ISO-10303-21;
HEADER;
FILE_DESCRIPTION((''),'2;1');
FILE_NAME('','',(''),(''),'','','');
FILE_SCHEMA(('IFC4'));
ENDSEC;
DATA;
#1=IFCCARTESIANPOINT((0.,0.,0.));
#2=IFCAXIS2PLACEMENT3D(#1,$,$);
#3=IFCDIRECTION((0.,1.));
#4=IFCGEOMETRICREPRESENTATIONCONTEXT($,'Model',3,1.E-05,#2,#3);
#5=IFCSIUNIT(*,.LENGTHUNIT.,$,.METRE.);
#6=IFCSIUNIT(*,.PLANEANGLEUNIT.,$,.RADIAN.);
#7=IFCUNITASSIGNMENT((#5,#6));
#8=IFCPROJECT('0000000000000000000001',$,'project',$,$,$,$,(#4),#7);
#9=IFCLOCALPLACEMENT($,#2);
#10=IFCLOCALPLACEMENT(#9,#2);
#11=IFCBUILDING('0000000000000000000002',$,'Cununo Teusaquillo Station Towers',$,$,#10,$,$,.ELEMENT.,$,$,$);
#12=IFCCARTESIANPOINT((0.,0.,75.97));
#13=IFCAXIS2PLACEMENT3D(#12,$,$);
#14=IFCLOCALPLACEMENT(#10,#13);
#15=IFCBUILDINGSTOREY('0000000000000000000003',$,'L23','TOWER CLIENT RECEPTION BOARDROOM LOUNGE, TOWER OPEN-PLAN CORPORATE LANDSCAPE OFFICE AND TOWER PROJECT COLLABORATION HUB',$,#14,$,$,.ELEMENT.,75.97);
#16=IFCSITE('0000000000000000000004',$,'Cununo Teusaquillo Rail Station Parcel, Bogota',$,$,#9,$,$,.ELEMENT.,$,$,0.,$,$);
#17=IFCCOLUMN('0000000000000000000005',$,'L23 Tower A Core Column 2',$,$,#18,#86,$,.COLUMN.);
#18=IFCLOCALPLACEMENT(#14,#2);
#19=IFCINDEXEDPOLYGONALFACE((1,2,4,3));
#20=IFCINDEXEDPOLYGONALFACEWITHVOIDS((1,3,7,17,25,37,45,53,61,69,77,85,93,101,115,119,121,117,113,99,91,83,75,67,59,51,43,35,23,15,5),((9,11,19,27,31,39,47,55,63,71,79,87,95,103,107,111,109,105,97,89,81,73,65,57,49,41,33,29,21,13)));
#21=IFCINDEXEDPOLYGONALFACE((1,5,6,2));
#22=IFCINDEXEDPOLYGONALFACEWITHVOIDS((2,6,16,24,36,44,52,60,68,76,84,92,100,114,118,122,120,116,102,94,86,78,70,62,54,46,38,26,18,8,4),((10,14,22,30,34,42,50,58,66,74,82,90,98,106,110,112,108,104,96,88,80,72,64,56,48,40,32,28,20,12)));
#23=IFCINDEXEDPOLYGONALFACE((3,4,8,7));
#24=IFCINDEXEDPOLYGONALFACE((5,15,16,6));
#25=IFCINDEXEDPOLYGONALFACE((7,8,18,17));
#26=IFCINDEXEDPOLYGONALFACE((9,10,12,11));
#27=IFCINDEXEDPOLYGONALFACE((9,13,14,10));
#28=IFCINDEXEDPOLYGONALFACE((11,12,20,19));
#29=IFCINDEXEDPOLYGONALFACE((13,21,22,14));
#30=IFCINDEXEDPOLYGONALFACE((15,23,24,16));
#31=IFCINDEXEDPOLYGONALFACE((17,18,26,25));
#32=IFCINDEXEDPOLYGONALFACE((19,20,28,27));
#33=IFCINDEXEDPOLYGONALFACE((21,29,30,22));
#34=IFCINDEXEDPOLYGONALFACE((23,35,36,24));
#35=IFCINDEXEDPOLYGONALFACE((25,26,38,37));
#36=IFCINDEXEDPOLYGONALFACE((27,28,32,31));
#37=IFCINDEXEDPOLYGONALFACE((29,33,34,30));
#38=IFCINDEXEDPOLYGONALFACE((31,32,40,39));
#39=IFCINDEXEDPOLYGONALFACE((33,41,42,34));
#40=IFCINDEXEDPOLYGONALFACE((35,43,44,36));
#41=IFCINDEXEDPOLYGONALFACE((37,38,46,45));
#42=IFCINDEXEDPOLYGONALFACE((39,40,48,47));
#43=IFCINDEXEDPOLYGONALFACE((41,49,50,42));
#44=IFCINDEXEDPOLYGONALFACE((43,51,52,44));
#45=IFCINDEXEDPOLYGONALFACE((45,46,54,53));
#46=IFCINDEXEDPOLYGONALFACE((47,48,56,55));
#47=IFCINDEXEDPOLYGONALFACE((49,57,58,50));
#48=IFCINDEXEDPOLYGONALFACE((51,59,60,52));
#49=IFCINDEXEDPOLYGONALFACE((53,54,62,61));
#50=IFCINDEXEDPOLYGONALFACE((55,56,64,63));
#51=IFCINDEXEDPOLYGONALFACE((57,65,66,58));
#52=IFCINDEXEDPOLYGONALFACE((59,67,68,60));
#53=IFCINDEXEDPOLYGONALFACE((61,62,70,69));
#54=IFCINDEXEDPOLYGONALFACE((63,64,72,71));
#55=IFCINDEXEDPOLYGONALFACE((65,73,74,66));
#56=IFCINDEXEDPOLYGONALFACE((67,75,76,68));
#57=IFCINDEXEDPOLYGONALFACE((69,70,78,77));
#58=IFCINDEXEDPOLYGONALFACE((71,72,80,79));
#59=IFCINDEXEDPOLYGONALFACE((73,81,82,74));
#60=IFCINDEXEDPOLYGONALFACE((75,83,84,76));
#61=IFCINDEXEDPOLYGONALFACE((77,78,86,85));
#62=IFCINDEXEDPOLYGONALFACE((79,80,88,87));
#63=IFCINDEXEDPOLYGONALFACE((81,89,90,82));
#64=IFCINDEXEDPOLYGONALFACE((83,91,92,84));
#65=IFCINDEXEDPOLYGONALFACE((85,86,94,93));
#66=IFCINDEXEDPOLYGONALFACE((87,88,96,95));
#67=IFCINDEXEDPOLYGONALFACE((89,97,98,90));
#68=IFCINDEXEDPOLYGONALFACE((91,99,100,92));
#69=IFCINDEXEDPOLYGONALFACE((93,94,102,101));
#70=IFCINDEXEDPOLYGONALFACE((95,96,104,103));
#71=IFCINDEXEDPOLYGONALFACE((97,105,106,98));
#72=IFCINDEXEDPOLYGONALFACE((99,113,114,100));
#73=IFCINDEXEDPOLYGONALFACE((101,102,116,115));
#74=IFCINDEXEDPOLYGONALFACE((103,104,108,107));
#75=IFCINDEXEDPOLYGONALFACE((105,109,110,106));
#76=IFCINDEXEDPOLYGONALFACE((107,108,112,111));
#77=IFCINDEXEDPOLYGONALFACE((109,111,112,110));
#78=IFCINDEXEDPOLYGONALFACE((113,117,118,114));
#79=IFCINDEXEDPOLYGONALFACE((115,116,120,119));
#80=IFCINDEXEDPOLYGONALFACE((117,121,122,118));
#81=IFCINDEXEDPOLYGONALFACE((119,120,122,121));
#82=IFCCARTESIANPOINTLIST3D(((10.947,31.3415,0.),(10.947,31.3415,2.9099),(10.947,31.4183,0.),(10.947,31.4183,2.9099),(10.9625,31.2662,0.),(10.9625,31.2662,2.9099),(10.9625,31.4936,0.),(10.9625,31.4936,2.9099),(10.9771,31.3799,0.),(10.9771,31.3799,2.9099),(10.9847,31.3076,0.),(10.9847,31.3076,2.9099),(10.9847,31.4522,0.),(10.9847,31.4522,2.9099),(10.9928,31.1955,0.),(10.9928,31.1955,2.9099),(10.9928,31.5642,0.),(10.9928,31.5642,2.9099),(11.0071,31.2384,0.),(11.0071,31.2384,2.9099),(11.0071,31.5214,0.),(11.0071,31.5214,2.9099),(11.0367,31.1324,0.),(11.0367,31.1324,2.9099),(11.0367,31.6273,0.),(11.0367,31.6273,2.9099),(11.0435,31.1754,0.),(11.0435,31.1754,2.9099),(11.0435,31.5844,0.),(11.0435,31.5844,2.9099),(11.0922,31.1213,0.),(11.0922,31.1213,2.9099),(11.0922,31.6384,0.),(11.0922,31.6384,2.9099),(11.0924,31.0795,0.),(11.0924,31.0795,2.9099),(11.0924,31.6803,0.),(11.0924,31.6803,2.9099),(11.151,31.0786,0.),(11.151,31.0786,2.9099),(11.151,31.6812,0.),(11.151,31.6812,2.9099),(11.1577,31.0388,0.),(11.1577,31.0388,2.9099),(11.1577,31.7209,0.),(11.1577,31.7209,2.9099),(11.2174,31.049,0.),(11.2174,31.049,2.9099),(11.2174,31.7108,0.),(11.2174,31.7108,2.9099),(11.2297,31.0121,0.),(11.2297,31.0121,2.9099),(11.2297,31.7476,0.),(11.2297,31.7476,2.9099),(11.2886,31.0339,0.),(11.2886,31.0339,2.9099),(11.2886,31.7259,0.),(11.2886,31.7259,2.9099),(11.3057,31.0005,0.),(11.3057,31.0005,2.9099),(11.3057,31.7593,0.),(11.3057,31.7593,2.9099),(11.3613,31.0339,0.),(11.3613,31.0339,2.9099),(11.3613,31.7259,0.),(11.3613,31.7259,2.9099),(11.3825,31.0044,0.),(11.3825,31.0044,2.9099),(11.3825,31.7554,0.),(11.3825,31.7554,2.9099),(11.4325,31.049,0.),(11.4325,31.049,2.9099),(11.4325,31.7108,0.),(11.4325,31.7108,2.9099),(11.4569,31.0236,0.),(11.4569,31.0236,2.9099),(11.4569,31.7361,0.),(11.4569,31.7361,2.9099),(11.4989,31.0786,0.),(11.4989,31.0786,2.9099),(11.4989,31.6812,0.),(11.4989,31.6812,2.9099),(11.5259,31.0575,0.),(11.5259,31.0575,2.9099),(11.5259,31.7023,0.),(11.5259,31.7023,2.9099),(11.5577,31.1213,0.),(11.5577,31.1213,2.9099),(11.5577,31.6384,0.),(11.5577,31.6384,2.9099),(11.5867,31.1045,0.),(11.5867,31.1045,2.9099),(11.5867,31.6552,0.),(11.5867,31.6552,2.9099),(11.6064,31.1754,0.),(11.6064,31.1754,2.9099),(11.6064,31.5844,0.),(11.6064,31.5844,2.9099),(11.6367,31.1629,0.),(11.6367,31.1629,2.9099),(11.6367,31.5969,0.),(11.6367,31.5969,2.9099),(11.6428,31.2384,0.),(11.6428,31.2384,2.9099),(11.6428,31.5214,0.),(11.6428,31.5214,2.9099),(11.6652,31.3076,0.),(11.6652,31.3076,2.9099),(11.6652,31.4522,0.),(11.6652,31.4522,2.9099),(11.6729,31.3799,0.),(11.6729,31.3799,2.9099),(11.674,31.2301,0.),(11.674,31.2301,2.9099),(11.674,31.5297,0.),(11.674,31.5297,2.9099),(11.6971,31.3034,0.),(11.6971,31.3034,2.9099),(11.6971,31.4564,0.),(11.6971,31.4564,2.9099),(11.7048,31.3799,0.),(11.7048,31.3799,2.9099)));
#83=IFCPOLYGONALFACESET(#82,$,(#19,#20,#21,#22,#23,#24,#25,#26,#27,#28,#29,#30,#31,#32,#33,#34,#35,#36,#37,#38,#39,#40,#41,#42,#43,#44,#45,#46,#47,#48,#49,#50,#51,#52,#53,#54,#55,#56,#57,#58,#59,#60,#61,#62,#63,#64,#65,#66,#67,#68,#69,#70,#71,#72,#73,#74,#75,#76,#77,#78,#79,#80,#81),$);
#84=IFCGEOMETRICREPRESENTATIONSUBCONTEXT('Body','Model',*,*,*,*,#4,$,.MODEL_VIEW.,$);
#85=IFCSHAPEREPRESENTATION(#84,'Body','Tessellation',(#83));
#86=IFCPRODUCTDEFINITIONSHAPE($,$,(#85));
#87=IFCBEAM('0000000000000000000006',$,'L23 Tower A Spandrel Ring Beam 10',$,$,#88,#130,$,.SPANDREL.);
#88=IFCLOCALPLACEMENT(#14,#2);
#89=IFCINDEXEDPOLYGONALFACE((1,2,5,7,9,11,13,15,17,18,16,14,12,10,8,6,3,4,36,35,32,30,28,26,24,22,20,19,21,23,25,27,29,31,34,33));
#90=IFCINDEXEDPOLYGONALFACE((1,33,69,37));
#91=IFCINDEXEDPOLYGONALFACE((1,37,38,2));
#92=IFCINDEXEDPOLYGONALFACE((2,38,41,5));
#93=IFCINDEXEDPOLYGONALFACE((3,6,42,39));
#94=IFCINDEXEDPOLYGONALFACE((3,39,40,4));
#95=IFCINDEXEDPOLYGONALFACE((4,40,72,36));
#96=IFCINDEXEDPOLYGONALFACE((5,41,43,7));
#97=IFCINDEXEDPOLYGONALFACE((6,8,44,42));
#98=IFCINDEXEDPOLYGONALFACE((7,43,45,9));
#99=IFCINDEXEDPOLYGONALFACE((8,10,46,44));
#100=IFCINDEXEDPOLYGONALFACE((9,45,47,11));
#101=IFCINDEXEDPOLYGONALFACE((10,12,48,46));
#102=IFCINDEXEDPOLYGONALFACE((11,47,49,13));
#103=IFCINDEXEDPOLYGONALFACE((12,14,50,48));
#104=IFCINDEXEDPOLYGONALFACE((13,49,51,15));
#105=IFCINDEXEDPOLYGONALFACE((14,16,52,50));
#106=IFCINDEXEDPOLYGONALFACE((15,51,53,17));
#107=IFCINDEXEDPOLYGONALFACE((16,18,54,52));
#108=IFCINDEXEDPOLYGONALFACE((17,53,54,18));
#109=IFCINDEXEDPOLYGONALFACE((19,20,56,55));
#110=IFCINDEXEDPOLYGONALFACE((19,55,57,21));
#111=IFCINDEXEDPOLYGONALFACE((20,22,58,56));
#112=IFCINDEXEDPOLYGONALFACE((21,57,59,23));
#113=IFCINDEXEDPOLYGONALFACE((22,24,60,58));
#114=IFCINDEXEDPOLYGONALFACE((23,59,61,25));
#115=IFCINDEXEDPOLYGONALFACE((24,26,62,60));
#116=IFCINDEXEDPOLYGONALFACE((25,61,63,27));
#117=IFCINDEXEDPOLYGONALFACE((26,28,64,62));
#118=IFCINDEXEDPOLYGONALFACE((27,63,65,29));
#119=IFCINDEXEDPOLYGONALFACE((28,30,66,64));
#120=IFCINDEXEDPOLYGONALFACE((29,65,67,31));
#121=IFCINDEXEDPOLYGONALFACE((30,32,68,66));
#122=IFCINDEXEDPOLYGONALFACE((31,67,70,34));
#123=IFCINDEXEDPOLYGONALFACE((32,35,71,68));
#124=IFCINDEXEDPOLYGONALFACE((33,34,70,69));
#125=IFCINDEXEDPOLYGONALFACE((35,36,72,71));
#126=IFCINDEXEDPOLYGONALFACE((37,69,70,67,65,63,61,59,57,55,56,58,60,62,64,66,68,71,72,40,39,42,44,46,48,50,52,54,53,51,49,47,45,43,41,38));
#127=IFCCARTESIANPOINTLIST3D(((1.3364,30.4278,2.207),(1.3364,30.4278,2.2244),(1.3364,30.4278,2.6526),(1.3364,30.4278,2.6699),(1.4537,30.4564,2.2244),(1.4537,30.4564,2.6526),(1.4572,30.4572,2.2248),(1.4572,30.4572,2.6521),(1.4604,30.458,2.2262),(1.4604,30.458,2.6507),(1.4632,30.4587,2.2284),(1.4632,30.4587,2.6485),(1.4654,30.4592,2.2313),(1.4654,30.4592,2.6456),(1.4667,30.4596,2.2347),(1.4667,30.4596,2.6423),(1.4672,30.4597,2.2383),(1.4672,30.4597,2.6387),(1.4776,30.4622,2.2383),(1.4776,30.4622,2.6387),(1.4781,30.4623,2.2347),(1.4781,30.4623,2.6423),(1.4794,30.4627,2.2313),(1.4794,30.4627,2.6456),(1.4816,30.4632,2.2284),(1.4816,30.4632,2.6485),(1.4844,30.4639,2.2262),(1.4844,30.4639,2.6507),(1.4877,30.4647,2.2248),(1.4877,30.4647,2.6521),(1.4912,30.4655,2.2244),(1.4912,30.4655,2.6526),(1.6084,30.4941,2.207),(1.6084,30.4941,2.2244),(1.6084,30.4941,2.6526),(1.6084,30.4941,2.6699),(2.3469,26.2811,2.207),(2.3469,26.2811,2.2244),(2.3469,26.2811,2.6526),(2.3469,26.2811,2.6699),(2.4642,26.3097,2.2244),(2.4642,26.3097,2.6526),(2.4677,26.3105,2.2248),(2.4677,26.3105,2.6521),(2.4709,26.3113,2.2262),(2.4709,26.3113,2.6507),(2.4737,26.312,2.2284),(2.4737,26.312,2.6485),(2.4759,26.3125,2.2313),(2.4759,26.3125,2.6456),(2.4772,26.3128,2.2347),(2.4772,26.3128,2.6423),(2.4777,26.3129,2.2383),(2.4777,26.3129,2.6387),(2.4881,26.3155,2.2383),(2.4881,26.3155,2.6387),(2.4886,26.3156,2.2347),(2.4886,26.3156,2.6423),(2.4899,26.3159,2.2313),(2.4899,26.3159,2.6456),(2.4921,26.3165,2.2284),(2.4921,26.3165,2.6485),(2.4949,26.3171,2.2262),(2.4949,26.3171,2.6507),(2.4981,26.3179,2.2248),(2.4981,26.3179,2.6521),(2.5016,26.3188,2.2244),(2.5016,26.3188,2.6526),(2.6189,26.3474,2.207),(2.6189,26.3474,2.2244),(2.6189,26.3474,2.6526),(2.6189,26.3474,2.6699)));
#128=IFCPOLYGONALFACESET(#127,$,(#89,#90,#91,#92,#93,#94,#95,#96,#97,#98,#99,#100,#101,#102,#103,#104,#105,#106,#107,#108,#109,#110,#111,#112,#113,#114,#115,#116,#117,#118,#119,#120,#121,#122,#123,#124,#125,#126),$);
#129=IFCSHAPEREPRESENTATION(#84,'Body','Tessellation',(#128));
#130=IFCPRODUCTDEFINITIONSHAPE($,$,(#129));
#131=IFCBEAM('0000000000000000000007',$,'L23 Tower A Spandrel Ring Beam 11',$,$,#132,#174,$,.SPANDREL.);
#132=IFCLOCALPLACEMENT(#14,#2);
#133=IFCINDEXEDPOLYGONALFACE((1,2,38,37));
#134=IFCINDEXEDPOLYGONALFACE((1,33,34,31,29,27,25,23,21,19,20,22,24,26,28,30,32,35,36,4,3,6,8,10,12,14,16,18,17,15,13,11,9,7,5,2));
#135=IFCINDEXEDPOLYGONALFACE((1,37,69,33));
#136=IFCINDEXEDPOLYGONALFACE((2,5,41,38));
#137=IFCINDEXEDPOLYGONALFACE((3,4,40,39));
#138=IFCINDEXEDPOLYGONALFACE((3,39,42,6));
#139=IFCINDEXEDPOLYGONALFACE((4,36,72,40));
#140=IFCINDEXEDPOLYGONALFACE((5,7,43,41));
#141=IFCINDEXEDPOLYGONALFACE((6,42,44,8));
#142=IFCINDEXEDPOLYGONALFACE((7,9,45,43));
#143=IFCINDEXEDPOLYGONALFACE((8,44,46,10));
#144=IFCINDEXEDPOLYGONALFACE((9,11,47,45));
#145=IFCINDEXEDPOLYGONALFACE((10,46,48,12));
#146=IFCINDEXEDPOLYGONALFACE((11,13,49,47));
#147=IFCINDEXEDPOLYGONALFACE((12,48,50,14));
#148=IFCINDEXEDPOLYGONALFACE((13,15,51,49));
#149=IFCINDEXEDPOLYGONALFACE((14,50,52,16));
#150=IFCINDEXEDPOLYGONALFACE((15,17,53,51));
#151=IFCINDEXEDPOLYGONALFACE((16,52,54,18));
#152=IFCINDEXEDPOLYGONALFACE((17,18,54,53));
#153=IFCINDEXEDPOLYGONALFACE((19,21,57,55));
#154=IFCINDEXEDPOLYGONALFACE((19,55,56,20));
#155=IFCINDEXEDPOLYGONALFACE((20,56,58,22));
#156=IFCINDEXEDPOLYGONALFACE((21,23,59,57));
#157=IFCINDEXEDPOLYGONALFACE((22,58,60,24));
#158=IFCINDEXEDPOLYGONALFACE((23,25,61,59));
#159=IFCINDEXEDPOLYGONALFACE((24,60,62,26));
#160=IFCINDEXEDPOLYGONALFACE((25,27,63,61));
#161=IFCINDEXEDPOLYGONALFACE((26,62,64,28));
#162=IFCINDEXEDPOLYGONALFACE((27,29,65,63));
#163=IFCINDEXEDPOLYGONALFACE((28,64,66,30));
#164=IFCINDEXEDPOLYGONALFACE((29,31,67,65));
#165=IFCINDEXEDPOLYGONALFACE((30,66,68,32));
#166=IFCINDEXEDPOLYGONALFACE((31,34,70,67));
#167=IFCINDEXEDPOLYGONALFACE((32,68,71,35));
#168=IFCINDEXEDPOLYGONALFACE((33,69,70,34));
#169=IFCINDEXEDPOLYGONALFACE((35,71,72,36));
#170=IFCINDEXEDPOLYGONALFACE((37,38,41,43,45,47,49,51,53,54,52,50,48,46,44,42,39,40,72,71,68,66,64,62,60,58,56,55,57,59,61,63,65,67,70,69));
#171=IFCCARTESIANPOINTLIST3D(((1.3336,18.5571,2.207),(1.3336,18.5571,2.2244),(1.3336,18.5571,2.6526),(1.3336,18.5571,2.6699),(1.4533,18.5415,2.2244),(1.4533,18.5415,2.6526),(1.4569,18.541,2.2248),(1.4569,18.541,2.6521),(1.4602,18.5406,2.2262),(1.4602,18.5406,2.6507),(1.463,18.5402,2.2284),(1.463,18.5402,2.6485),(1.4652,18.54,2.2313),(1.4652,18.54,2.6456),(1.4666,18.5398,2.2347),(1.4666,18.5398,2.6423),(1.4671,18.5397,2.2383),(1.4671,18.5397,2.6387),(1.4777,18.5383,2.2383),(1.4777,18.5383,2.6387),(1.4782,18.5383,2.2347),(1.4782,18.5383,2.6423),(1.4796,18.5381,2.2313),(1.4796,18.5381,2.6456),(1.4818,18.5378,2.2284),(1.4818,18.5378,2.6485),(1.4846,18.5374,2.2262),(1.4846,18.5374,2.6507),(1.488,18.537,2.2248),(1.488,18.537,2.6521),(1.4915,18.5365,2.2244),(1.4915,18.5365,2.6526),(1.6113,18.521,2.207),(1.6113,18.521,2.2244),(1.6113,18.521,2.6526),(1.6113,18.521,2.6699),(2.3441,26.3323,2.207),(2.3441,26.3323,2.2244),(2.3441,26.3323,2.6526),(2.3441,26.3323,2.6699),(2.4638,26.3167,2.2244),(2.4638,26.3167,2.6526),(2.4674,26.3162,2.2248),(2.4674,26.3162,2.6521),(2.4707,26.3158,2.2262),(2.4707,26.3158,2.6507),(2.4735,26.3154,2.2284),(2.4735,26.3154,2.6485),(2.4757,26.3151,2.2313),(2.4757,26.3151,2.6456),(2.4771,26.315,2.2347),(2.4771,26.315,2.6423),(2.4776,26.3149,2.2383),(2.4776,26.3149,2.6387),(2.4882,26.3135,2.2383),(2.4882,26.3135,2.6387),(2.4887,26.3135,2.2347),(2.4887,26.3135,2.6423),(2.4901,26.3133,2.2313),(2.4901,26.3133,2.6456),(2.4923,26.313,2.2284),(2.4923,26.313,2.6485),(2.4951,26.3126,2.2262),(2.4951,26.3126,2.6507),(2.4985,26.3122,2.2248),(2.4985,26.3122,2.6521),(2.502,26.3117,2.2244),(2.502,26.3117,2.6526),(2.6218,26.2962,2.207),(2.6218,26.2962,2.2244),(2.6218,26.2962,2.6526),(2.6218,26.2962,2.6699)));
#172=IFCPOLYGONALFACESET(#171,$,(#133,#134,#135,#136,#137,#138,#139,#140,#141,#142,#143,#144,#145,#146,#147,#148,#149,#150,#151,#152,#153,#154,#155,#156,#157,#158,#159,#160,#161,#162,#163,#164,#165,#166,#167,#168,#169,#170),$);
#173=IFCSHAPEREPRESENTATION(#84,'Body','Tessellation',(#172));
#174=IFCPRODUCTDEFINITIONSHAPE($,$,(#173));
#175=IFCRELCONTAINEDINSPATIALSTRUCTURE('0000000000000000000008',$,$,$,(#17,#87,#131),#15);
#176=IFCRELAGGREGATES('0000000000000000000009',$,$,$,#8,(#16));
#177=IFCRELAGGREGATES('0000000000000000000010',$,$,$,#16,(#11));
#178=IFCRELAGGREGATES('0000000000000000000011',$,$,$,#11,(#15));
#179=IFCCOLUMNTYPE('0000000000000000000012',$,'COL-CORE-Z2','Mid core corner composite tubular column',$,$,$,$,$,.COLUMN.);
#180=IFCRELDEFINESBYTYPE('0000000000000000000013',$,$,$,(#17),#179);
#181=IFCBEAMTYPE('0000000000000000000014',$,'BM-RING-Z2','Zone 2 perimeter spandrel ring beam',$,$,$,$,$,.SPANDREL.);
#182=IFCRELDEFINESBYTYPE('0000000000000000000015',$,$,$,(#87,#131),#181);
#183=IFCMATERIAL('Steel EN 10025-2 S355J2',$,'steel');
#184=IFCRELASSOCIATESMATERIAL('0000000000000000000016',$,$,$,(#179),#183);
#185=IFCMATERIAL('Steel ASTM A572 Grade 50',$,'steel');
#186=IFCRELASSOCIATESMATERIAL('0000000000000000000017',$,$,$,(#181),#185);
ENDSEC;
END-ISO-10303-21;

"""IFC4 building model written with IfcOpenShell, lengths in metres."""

from ifc_helpers import new_model, si_unit, direction, frame, origin, origin_2d, place, context, subcontext, project, spatial, hollow_circle, i_section, extrude, material, material_profile, profile_set, type_object, element, save


model = new_model("IFC4")

# Units and contexts
model_context = context("Model", 3, precision=1e-05, world=origin(), true_north=direction((0.0, 1.0)))
body_context = subcontext(model_context, "Body", "Model", "MODEL_VIEW")
ifc_project = project(units=[si_unit("LENGTHUNIT", "METRE"), si_unit("PLANEANGLEUNIT", "RADIAN")], contexts=[model_context])

# Site, building, storey
site_placement = place(None, origin())
site = spatial("IfcSite", under=ifc_project, at=site_placement, Name="Cununo Teusaquillo Rail Station Parcel, Bogota", CompositionType="ELEMENT", RefElevation=0.0)
building_placement = place(site_placement, origin())
building = spatial("IfcBuilding", under=site, at=building_placement, Name="Cununo Teusaquillo Station Towers", CompositionType="ELEMENT")
storey_placement = place(building_placement, frame((0.0, 0.0, 75.97)))
storey = spatial("IfcBuildingStorey", under=building, at=storey_placement, Name="L23", Description="TOWER CLIENT RECEPTION BOARDROOM LOUNGE, TOWER OPEN-PLAN CORPORATE LANDSCAPE OFFICE AND TOWER PROJECT COLLABORATION HUB", CompositionType="ELEMENT", Elevation=75.97)

# Column
ifc_material_1 = material(Name="Steel EN 10025-2 S355J2", Category="steel")
ifc_material_profile_1 = material_profile(ifc_material_1, hollow_circle(Radius=0.3799, WallThickness=0.032, at=origin_2d()), Name="CHS 760x32")
ifc_profile_set_1 = profile_set([ifc_material_profile_1], Name="Steel EN 10025-2 S355J2")
column_type = type_object("IfcColumnType", Name="COL-CORE-Z2", Description="Mid core corner composite tubular column", PredefinedType="COLUMN", material=ifc_profile_set_1)
column_placement = place(storey_placement, frame((11.325, 31.3799, 0.0), z_axis=(0.0, 0.0, 1.0), x_axis=(1.0, 0.0, 0.0)))
element("IfcColumn", 1, at=column_placement, inside=storey, type_object=column_type, Name="L23 Tower A Core Column 2", PredefinedType="COLUMN", context=body_context, shape_type="SweptSolid", body=[
    extrude(hollow_circle(Radius=0.3799, WallThickness=0.032, at=origin_2d()), origin(), (0.0, 0.0, 1.0), 2.9099),
])

# Beams
ifc_material_2 = material(Name="Steel ASTM A572 Grade 50", Category="steel")
ifc_material_profile_2 = material_profile(ifc_material_2, i_section(OverallWidth=0.28, OverallDepth=0.4629, WebThickness=0.0107, FlangeThickness=0.0173, FilletRadius=0.0139, at=origin_2d()), Name="W18X76")
ifc_profile_set_2 = profile_set([ifc_material_profile_2], Name="Steel ASTM A572 Grade 50")
beam_type = type_object("IfcBeamType", Name="BM-RING-Z2", Description="Zone 2 perimeter spandrel ring beam", PredefinedType="SPANDREL", material=ifc_profile_set_2)
beam_1_placement = place(storey_placement, frame((1.4724, 30.4609, 2.4385), z_axis=(0.236757, -0.971569, 0.0), x_axis=(0.971569, 0.236757, 0.0)))
element("IfcBeam", 2, at=beam_1_placement, inside=storey, type_object=beam_type, Name="L23 Tower A Spandrel Ring Beam 10", PredefinedType="SPANDREL", context=body_context, shape_type="SweptSolid", body=[
    extrude(i_section(OverallWidth=0.28, OverallDepth=0.4629, WebThickness=0.0107, FlangeThickness=0.0173, FilletRadius=0.0139, at=origin_2d()), origin(), (0.0, 0.0, 1.0), 4.2681),
])
beam_2_placement = place(storey_placement, frame((2.4829, 26.3142, 2.4385), z_axis=(-0.128881, -0.99166, 0.0), x_axis=(0.99166, -0.128881, 0.0)))
element("IfcBeam", 3, at=beam_2_placement, inside=storey, type_object=beam_type, Name="L23 Tower A Spandrel Ring Beam 11", PredefinedType="SPANDREL", context=body_context, shape_type="SweptSolid", body=[
    extrude(i_section(OverallWidth=0.28, OverallDepth=0.4629, WebThickness=0.0107, FlangeThickness=0.0173, FilletRadius=0.0139, at=origin_2d()), origin(), (0.0, 0.0, 1.0), 7.8406),
])

save(model, "model.ifc")
